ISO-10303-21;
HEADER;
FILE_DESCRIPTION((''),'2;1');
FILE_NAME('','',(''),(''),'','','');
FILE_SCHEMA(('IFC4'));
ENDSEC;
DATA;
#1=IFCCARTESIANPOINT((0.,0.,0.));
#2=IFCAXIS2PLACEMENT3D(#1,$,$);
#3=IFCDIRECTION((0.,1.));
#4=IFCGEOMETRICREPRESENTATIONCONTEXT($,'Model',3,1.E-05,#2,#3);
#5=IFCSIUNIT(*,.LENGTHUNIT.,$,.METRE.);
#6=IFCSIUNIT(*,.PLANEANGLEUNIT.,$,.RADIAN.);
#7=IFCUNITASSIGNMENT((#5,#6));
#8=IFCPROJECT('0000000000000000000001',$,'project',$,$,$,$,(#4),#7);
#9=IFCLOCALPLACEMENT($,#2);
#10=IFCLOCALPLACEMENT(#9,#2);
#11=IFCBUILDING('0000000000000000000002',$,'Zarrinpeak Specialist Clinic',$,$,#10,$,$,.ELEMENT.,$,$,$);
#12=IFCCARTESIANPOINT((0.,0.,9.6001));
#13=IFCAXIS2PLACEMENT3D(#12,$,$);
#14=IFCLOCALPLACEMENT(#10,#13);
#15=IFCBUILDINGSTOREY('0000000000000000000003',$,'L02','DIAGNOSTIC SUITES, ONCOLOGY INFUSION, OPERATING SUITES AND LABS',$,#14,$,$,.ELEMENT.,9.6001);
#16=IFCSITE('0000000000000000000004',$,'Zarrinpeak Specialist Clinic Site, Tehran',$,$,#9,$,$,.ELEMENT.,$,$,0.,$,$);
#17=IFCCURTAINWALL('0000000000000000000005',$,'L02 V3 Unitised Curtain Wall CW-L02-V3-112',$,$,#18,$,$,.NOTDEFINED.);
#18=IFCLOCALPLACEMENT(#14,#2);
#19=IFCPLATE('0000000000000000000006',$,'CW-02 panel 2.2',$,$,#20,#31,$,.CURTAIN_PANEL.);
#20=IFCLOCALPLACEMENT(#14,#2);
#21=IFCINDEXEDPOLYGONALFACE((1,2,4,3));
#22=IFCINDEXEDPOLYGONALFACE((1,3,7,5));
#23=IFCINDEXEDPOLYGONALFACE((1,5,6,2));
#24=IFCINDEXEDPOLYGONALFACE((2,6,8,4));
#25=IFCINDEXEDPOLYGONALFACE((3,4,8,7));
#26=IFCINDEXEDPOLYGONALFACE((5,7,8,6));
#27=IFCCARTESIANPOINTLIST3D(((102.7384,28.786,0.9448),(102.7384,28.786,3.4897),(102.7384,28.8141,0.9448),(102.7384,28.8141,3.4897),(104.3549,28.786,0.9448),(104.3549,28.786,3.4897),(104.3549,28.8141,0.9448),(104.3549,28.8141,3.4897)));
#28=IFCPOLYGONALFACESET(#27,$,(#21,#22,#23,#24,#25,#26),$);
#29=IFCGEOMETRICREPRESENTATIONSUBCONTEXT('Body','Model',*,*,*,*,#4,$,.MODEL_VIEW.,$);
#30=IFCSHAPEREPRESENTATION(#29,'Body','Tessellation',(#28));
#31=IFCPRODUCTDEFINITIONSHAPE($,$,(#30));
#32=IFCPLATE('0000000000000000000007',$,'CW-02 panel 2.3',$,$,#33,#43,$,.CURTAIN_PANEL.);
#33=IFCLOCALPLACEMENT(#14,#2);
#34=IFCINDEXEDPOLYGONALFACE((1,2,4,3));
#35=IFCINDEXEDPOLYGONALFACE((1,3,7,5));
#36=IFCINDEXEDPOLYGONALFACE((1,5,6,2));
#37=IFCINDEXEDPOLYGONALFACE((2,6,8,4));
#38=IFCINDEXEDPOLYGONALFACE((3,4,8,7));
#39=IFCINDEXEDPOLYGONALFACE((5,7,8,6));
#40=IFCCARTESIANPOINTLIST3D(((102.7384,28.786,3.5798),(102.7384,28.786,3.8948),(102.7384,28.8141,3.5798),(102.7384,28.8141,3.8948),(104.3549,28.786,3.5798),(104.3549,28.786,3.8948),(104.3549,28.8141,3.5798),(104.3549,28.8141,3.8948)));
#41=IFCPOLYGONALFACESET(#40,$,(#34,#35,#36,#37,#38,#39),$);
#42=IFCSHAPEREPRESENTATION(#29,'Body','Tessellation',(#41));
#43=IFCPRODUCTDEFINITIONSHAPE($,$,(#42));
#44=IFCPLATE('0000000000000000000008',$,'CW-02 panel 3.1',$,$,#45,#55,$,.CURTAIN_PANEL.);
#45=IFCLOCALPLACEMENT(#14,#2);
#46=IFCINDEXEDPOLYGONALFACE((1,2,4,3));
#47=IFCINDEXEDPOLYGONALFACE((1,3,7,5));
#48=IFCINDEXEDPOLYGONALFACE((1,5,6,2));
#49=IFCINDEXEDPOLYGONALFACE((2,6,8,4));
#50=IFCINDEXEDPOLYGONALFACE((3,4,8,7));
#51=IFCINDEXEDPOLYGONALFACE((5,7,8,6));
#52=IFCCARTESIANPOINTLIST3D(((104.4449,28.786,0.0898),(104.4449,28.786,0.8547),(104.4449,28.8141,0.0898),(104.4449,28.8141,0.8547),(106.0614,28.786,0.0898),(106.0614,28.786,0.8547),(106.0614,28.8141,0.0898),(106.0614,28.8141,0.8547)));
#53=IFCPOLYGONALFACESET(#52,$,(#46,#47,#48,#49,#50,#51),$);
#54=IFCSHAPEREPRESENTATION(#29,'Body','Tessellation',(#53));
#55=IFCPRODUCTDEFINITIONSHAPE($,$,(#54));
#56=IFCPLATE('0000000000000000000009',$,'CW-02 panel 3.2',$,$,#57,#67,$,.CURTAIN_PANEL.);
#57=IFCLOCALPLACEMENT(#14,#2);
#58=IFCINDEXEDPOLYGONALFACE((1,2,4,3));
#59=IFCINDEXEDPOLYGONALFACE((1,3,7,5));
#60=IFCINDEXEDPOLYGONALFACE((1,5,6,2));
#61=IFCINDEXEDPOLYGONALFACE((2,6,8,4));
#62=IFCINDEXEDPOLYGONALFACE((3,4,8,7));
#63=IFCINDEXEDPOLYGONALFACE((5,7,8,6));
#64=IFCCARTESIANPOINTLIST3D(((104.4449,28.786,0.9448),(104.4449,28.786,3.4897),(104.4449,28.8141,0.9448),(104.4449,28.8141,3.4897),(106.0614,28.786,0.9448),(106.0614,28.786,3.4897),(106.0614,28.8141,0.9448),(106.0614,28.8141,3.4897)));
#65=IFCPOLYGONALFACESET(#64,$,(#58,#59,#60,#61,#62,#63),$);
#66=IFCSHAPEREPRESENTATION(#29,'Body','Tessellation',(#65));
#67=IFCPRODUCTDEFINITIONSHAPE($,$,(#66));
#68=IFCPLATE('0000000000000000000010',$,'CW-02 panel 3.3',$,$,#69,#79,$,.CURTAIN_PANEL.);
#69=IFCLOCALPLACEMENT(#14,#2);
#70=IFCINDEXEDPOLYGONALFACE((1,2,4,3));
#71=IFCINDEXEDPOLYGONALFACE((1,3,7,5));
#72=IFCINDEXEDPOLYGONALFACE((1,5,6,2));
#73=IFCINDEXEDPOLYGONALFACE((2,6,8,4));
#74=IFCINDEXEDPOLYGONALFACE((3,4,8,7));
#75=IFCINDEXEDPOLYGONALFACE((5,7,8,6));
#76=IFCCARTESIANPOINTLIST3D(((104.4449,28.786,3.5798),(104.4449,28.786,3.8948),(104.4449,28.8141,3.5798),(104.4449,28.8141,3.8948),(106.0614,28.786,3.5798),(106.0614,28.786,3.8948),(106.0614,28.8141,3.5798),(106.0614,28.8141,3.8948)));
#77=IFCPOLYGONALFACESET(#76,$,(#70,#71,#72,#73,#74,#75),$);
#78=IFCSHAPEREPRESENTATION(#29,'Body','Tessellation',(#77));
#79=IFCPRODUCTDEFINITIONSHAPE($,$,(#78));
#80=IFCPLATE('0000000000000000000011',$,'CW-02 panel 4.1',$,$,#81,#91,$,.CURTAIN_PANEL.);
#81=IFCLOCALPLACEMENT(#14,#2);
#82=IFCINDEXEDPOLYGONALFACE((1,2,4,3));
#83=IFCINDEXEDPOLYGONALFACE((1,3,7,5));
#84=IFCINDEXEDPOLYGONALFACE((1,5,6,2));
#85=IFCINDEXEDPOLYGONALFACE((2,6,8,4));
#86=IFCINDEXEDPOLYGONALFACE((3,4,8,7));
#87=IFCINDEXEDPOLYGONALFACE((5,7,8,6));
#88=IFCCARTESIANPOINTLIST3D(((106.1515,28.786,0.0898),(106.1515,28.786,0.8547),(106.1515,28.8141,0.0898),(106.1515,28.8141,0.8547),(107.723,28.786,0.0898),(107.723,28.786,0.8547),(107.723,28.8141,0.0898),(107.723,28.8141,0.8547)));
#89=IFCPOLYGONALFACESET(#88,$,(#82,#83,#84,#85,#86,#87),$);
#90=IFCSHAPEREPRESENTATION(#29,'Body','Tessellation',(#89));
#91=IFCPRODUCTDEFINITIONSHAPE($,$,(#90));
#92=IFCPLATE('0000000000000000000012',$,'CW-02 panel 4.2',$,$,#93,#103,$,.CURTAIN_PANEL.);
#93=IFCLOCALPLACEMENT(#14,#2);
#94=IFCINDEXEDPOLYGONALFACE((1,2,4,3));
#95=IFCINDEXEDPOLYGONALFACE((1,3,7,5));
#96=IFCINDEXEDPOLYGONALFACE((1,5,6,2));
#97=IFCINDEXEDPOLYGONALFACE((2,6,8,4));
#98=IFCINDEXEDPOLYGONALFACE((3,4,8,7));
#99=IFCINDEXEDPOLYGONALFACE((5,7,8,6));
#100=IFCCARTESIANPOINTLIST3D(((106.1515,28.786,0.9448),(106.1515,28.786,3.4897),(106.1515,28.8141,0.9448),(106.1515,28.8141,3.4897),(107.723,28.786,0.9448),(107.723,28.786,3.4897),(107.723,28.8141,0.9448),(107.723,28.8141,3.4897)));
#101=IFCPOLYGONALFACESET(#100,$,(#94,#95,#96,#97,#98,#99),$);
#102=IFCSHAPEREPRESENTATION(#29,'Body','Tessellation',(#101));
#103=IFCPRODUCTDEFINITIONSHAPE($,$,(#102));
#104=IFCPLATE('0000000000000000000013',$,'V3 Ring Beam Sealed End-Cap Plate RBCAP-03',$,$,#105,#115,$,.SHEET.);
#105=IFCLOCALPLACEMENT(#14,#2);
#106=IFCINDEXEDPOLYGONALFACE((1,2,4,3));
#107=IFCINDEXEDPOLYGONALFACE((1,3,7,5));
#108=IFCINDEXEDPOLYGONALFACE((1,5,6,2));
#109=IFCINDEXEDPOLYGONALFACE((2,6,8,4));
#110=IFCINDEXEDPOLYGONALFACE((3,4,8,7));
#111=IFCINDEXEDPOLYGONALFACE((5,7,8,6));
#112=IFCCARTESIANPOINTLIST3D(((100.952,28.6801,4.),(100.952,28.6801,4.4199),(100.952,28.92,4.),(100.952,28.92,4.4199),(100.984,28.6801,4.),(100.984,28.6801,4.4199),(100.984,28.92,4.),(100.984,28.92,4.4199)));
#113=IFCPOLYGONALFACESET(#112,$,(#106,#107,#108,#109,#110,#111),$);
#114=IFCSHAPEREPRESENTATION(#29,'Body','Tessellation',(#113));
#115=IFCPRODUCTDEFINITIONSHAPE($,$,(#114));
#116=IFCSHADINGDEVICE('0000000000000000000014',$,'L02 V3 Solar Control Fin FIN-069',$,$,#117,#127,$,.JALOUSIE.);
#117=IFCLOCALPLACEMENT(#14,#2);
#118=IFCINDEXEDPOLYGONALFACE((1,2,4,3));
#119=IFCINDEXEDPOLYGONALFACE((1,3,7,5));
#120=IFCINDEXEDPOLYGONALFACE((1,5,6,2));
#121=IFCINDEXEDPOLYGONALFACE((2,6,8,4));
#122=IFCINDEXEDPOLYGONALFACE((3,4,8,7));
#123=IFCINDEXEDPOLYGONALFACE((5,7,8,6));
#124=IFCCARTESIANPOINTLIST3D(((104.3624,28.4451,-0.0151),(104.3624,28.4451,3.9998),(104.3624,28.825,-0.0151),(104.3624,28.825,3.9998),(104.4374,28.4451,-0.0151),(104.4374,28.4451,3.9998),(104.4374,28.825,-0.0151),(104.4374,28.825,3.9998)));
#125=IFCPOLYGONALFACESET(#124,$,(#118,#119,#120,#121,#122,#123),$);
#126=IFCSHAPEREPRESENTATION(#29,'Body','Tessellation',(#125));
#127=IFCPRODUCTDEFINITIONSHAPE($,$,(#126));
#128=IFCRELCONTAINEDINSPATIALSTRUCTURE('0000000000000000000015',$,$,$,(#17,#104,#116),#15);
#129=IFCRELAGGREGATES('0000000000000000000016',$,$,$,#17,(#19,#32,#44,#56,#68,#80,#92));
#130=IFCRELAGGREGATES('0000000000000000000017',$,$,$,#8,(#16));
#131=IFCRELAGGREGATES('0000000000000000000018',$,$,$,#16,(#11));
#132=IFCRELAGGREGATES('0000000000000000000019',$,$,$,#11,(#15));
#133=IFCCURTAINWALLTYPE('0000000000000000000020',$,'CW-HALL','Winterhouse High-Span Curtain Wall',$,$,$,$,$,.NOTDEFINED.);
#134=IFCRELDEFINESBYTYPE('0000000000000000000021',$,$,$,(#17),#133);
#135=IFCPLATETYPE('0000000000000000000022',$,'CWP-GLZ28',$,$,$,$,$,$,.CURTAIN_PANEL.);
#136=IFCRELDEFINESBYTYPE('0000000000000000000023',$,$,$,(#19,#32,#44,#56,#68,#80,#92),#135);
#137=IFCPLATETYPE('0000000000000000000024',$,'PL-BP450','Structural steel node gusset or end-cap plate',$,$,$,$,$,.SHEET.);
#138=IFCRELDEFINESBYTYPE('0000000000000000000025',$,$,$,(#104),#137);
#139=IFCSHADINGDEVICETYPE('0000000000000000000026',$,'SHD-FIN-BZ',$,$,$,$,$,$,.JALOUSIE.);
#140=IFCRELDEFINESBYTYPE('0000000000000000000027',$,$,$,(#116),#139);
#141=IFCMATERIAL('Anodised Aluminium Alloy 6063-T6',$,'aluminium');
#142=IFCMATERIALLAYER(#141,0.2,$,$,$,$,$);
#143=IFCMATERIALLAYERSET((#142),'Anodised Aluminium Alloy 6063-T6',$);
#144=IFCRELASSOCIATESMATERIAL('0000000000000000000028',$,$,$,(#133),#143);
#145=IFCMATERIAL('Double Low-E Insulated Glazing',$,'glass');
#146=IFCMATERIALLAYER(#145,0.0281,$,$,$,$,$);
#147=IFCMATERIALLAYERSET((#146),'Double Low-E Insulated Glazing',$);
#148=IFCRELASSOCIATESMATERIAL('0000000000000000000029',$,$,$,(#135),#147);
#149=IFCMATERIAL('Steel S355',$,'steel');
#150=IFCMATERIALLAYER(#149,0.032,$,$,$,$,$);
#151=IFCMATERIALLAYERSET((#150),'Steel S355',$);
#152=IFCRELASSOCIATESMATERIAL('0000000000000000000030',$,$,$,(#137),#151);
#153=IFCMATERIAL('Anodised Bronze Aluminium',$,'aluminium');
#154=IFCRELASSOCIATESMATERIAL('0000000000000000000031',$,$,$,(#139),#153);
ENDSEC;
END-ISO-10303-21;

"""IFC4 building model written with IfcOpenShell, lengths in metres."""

from ifc_helpers import new_model, si_unit, direction, frame, origin, origin_2d, place, context, subcontext, project, spatial, rectangle, extrude, material, layer, layer_set, type_object, element, aggregate, save


model = new_model("IFC4")

# Units and contexts
model_context = context("Model", 3, precision=1e-05, world=origin(), true_north=direction((0.0, 1.0)))
body_context = subcontext(model_context, "Body", "Model", "MODEL_VIEW")
ifc_project = project(units=[si_unit("LENGTHUNIT", "METRE"), si_unit("PLANEANGLEUNIT", "RADIAN")], contexts=[model_context])

# Site, building, storey
site_placement = place(None, origin())
site = spatial("IfcSite", under=ifc_project, at=site_placement, Name="Zarrinpeak Specialist Clinic Site, Tehran", CompositionType="ELEMENT", RefElevation=0.0)
building_placement = place(site_placement, origin())
building = spatial("IfcBuilding", under=site, at=building_placement, Name="Zarrinpeak Specialist Clinic", CompositionType="ELEMENT")
storey_placement = place(building_placement, frame((0.0, 0.0, 9.6001)))
storey = spatial("IfcBuildingStorey", under=building, at=storey_placement, Name="L02", Description="DIAGNOSTIC SUITES, ONCOLOGY INFUSION, OPERATING SUITES AND LABS", CompositionType="ELEMENT", Elevation=9.6001)

# Shared definitions
ifc_material_1 = material(Name="Steel S355", Category="steel")

# Curtain wall, plates
ifc_material_2 = material(Name="Anodised Aluminium Alloy 6063-T6", Category="aluminium")
ifc_layer_1 = layer(ifc_material_2, 0.2)
ifc_layer_set_1 = layer_set([ifc_layer_1], Name="Anodised Aluminium Alloy 6063-T6")
curtain_wall_type = type_object("IfcCurtainWallType", Name="CW-HALL", Description="Winterhouse High-Span Curtain Wall", PredefinedType="NOTDEFINED", material=ifc_layer_set_1)
curtain_wall_placement = place(storey_placement, origin())
curtain_wall = element("IfcCurtainWall", 1, at=curtain_wall_placement, inside=storey, type_object=curtain_wall_type, Name="L02 V3 Unitised Curtain Wall CW-L02-V3-112", PredefinedType="NOTDEFINED")
ifc_material_3 = material(Name="Double Low-E Insulated Glazing", Category="glass")
ifc_layer_2 = layer(ifc_material_3, 0.0281)
ifc_layer_set_2 = layer_set([ifc_layer_2], Name="Double Low-E Insulated Glazing")
plate_type_1 = type_object("IfcPlateType", Name="CWP-GLZ28", PredefinedType="CURTAIN_PANEL", material=ifc_layer_set_2)
plate_1_placement = place(storey_placement, frame((103.5466, 28.8, 0.9448), z_axis=(0.0, 0.0, 1.0), x_axis=(1.0, 0.0, 0.0)))
plate_1 = element("IfcPlate", 2, at=plate_1_placement, type_object=plate_type_1, Name="CW-02 panel 2.2", PredefinedType="CURTAIN_PANEL", context=body_context, shape_type="SweptSolid", body=[
    extrude(rectangle(XDim=1.6165, YDim=0.0281, at=origin_2d()), origin(), (0.0, 0.0, 1.0), 2.5449),
])
plate_2_placement = place(storey_placement, frame((103.5466, 28.8, 3.5798), z_axis=(0.0, 0.0, 1.0), x_axis=(1.0, 0.0, 0.0)))
plate_2 = element("IfcPlate", 3, at=plate_2_placement, type_object=plate_type_1, Name="CW-02 panel 2.3", PredefinedType="CURTAIN_PANEL", context=body_context, shape_type="SweptSolid", body=[
    extrude(rectangle(XDim=1.6165, YDim=0.0281, at=origin_2d()), origin(), (0.0, 0.0, 1.0), 0.3149),
])
plate_3_placement = place(storey_placement, frame((105.2532, 28.8, 0.0898), z_axis=(0.0, 0.0, 1.0), x_axis=(1.0, 0.0, 0.0)))
plate_3 = element("IfcPlate", 4, at=plate_3_placement, type_object=plate_type_1, Name="CW-02 panel 3.1", PredefinedType="CURTAIN_PANEL", context=body_context, shape_type="SweptSolid", body=[
    extrude(rectangle(XDim=1.6165, YDim=0.0281, at=origin_2d()), origin(), (0.0, 0.0, 1.0), 0.7649),
])
plate_4_placement = place(storey_placement, frame((105.2532, 28.8, 0.9448), z_axis=(0.0, 0.0, 1.0), x_axis=(1.0, 0.0, 0.0)))
plate_4 = element("IfcPlate", 5, at=plate_4_placement, type_object=plate_type_1, Name="CW-02 panel 3.2", PredefinedType="CURTAIN_PANEL", context=body_context, shape_type="SweptSolid", body=[
    extrude(rectangle(XDim=1.6165, YDim=0.0281, at=origin_2d()), origin(), (0.0, 0.0, 1.0), 2.5449),
])
plate_5_placement = place(storey_placement, frame((105.2532, 28.8, 3.5798), z_axis=(0.0, 0.0, 1.0), x_axis=(1.0, 0.0, 0.0)))
plate_5 = element("IfcPlate", 6, at=plate_5_placement, type_object=plate_type_1, Name="CW-02 panel 3.3", PredefinedType="CURTAIN_PANEL", context=body_context, shape_type="SweptSolid", body=[
    extrude(rectangle(XDim=1.6165, YDim=0.0281, at=origin_2d()), origin(), (0.0, 0.0, 1.0), 0.3149),
])
plate_6_placement = place(storey_placement, frame((106.9373, 28.8, 0.0898), z_axis=(0.0, 0.0, 1.0), x_axis=(1.0, 0.0, 0.0)))
plate_6 = element("IfcPlate", 7, at=plate_6_placement, type_object=plate_type_1, Name="CW-02 panel 4.1", PredefinedType="CURTAIN_PANEL", context=body_context, shape_type="SweptSolid", body=[
    extrude(rectangle(XDim=1.5715, YDim=0.0281, at=origin_2d()), origin(), (0.0, 0.0, 1.0), 0.7649),
])
plate_7_placement = place(storey_placement, frame((106.9373, 28.8, 0.9448), z_axis=(0.0, 0.0, 1.0), x_axis=(1.0, 0.0, 0.0)))
plate_7 = element("IfcPlate", 8, at=plate_7_placement, type_object=plate_type_1, Name="CW-02 panel 4.2", PredefinedType="CURTAIN_PANEL", context=body_context, shape_type="SweptSolid", body=[
    extrude(rectangle(XDim=1.5715, YDim=0.0281, at=origin_2d()), origin(), (0.0, 0.0, 1.0), 2.5449),
])
aggregate(curtain_wall, [plate_1, plate_2, plate_3, plate_4, plate_5, plate_6, plate_7])

# Plate
ifc_layer_3 = layer(ifc_material_1, 0.032)
ifc_layer_set_3 = layer_set([ifc_layer_3], Name="Steel S355")
plate_type_2 = type_object("IfcPlateType", Name="PL-BP450", Description="Structural steel node gusset or end-cap plate", PredefinedType="SHEET", material=ifc_layer_set_3)
plate_8_placement = place(storey_placement, frame((100.968, 28.8, 4.0), z_axis=(0.0, 0.0, 1.0), x_axis=(1.0, 0.0, 0.0)))
element("IfcPlate", 9, at=plate_8_placement, inside=storey, type_object=plate_type_2, Name="V3 Ring Beam Sealed End-Cap Plate RBCAP-03", PredefinedType="SHEET", context=body_context, shape_type="SweptSolid", body=[
    extrude(rectangle(XDim=0.032, YDim=0.24, at=origin_2d()), origin(), (0.0, 0.0, 1.0), 0.4199),
])

# Shading device
ifc_material_4 = material(Name="Anodised Bronze Aluminium", Category="aluminium")
shading_device_type = type_object("IfcShadingDeviceType", Name="SHD-FIN-BZ", PredefinedType="JALOUSIE", material=ifc_material_4)
shading_device_placement = place(storey_placement, frame((104.3999, 28.635, -0.0151), z_axis=(0.0, 0.0, 1.0), x_axis=(1.0, 0.0, 0.0)))
element("IfcShadingDevice", 10, at=shading_device_placement, inside=storey, type_object=shading_device_type, Name="L02 V3 Solar Control Fin FIN-069", PredefinedType="JALOUSIE", context=body_context, shape_type="SweptSolid", body=[
    extrude(rectangle(XDim=0.075, YDim=0.3799, at=origin_2d()), origin(), (0.0, 0.0, 1.0), 4.0149),
])

save(model, "model.ifc")
